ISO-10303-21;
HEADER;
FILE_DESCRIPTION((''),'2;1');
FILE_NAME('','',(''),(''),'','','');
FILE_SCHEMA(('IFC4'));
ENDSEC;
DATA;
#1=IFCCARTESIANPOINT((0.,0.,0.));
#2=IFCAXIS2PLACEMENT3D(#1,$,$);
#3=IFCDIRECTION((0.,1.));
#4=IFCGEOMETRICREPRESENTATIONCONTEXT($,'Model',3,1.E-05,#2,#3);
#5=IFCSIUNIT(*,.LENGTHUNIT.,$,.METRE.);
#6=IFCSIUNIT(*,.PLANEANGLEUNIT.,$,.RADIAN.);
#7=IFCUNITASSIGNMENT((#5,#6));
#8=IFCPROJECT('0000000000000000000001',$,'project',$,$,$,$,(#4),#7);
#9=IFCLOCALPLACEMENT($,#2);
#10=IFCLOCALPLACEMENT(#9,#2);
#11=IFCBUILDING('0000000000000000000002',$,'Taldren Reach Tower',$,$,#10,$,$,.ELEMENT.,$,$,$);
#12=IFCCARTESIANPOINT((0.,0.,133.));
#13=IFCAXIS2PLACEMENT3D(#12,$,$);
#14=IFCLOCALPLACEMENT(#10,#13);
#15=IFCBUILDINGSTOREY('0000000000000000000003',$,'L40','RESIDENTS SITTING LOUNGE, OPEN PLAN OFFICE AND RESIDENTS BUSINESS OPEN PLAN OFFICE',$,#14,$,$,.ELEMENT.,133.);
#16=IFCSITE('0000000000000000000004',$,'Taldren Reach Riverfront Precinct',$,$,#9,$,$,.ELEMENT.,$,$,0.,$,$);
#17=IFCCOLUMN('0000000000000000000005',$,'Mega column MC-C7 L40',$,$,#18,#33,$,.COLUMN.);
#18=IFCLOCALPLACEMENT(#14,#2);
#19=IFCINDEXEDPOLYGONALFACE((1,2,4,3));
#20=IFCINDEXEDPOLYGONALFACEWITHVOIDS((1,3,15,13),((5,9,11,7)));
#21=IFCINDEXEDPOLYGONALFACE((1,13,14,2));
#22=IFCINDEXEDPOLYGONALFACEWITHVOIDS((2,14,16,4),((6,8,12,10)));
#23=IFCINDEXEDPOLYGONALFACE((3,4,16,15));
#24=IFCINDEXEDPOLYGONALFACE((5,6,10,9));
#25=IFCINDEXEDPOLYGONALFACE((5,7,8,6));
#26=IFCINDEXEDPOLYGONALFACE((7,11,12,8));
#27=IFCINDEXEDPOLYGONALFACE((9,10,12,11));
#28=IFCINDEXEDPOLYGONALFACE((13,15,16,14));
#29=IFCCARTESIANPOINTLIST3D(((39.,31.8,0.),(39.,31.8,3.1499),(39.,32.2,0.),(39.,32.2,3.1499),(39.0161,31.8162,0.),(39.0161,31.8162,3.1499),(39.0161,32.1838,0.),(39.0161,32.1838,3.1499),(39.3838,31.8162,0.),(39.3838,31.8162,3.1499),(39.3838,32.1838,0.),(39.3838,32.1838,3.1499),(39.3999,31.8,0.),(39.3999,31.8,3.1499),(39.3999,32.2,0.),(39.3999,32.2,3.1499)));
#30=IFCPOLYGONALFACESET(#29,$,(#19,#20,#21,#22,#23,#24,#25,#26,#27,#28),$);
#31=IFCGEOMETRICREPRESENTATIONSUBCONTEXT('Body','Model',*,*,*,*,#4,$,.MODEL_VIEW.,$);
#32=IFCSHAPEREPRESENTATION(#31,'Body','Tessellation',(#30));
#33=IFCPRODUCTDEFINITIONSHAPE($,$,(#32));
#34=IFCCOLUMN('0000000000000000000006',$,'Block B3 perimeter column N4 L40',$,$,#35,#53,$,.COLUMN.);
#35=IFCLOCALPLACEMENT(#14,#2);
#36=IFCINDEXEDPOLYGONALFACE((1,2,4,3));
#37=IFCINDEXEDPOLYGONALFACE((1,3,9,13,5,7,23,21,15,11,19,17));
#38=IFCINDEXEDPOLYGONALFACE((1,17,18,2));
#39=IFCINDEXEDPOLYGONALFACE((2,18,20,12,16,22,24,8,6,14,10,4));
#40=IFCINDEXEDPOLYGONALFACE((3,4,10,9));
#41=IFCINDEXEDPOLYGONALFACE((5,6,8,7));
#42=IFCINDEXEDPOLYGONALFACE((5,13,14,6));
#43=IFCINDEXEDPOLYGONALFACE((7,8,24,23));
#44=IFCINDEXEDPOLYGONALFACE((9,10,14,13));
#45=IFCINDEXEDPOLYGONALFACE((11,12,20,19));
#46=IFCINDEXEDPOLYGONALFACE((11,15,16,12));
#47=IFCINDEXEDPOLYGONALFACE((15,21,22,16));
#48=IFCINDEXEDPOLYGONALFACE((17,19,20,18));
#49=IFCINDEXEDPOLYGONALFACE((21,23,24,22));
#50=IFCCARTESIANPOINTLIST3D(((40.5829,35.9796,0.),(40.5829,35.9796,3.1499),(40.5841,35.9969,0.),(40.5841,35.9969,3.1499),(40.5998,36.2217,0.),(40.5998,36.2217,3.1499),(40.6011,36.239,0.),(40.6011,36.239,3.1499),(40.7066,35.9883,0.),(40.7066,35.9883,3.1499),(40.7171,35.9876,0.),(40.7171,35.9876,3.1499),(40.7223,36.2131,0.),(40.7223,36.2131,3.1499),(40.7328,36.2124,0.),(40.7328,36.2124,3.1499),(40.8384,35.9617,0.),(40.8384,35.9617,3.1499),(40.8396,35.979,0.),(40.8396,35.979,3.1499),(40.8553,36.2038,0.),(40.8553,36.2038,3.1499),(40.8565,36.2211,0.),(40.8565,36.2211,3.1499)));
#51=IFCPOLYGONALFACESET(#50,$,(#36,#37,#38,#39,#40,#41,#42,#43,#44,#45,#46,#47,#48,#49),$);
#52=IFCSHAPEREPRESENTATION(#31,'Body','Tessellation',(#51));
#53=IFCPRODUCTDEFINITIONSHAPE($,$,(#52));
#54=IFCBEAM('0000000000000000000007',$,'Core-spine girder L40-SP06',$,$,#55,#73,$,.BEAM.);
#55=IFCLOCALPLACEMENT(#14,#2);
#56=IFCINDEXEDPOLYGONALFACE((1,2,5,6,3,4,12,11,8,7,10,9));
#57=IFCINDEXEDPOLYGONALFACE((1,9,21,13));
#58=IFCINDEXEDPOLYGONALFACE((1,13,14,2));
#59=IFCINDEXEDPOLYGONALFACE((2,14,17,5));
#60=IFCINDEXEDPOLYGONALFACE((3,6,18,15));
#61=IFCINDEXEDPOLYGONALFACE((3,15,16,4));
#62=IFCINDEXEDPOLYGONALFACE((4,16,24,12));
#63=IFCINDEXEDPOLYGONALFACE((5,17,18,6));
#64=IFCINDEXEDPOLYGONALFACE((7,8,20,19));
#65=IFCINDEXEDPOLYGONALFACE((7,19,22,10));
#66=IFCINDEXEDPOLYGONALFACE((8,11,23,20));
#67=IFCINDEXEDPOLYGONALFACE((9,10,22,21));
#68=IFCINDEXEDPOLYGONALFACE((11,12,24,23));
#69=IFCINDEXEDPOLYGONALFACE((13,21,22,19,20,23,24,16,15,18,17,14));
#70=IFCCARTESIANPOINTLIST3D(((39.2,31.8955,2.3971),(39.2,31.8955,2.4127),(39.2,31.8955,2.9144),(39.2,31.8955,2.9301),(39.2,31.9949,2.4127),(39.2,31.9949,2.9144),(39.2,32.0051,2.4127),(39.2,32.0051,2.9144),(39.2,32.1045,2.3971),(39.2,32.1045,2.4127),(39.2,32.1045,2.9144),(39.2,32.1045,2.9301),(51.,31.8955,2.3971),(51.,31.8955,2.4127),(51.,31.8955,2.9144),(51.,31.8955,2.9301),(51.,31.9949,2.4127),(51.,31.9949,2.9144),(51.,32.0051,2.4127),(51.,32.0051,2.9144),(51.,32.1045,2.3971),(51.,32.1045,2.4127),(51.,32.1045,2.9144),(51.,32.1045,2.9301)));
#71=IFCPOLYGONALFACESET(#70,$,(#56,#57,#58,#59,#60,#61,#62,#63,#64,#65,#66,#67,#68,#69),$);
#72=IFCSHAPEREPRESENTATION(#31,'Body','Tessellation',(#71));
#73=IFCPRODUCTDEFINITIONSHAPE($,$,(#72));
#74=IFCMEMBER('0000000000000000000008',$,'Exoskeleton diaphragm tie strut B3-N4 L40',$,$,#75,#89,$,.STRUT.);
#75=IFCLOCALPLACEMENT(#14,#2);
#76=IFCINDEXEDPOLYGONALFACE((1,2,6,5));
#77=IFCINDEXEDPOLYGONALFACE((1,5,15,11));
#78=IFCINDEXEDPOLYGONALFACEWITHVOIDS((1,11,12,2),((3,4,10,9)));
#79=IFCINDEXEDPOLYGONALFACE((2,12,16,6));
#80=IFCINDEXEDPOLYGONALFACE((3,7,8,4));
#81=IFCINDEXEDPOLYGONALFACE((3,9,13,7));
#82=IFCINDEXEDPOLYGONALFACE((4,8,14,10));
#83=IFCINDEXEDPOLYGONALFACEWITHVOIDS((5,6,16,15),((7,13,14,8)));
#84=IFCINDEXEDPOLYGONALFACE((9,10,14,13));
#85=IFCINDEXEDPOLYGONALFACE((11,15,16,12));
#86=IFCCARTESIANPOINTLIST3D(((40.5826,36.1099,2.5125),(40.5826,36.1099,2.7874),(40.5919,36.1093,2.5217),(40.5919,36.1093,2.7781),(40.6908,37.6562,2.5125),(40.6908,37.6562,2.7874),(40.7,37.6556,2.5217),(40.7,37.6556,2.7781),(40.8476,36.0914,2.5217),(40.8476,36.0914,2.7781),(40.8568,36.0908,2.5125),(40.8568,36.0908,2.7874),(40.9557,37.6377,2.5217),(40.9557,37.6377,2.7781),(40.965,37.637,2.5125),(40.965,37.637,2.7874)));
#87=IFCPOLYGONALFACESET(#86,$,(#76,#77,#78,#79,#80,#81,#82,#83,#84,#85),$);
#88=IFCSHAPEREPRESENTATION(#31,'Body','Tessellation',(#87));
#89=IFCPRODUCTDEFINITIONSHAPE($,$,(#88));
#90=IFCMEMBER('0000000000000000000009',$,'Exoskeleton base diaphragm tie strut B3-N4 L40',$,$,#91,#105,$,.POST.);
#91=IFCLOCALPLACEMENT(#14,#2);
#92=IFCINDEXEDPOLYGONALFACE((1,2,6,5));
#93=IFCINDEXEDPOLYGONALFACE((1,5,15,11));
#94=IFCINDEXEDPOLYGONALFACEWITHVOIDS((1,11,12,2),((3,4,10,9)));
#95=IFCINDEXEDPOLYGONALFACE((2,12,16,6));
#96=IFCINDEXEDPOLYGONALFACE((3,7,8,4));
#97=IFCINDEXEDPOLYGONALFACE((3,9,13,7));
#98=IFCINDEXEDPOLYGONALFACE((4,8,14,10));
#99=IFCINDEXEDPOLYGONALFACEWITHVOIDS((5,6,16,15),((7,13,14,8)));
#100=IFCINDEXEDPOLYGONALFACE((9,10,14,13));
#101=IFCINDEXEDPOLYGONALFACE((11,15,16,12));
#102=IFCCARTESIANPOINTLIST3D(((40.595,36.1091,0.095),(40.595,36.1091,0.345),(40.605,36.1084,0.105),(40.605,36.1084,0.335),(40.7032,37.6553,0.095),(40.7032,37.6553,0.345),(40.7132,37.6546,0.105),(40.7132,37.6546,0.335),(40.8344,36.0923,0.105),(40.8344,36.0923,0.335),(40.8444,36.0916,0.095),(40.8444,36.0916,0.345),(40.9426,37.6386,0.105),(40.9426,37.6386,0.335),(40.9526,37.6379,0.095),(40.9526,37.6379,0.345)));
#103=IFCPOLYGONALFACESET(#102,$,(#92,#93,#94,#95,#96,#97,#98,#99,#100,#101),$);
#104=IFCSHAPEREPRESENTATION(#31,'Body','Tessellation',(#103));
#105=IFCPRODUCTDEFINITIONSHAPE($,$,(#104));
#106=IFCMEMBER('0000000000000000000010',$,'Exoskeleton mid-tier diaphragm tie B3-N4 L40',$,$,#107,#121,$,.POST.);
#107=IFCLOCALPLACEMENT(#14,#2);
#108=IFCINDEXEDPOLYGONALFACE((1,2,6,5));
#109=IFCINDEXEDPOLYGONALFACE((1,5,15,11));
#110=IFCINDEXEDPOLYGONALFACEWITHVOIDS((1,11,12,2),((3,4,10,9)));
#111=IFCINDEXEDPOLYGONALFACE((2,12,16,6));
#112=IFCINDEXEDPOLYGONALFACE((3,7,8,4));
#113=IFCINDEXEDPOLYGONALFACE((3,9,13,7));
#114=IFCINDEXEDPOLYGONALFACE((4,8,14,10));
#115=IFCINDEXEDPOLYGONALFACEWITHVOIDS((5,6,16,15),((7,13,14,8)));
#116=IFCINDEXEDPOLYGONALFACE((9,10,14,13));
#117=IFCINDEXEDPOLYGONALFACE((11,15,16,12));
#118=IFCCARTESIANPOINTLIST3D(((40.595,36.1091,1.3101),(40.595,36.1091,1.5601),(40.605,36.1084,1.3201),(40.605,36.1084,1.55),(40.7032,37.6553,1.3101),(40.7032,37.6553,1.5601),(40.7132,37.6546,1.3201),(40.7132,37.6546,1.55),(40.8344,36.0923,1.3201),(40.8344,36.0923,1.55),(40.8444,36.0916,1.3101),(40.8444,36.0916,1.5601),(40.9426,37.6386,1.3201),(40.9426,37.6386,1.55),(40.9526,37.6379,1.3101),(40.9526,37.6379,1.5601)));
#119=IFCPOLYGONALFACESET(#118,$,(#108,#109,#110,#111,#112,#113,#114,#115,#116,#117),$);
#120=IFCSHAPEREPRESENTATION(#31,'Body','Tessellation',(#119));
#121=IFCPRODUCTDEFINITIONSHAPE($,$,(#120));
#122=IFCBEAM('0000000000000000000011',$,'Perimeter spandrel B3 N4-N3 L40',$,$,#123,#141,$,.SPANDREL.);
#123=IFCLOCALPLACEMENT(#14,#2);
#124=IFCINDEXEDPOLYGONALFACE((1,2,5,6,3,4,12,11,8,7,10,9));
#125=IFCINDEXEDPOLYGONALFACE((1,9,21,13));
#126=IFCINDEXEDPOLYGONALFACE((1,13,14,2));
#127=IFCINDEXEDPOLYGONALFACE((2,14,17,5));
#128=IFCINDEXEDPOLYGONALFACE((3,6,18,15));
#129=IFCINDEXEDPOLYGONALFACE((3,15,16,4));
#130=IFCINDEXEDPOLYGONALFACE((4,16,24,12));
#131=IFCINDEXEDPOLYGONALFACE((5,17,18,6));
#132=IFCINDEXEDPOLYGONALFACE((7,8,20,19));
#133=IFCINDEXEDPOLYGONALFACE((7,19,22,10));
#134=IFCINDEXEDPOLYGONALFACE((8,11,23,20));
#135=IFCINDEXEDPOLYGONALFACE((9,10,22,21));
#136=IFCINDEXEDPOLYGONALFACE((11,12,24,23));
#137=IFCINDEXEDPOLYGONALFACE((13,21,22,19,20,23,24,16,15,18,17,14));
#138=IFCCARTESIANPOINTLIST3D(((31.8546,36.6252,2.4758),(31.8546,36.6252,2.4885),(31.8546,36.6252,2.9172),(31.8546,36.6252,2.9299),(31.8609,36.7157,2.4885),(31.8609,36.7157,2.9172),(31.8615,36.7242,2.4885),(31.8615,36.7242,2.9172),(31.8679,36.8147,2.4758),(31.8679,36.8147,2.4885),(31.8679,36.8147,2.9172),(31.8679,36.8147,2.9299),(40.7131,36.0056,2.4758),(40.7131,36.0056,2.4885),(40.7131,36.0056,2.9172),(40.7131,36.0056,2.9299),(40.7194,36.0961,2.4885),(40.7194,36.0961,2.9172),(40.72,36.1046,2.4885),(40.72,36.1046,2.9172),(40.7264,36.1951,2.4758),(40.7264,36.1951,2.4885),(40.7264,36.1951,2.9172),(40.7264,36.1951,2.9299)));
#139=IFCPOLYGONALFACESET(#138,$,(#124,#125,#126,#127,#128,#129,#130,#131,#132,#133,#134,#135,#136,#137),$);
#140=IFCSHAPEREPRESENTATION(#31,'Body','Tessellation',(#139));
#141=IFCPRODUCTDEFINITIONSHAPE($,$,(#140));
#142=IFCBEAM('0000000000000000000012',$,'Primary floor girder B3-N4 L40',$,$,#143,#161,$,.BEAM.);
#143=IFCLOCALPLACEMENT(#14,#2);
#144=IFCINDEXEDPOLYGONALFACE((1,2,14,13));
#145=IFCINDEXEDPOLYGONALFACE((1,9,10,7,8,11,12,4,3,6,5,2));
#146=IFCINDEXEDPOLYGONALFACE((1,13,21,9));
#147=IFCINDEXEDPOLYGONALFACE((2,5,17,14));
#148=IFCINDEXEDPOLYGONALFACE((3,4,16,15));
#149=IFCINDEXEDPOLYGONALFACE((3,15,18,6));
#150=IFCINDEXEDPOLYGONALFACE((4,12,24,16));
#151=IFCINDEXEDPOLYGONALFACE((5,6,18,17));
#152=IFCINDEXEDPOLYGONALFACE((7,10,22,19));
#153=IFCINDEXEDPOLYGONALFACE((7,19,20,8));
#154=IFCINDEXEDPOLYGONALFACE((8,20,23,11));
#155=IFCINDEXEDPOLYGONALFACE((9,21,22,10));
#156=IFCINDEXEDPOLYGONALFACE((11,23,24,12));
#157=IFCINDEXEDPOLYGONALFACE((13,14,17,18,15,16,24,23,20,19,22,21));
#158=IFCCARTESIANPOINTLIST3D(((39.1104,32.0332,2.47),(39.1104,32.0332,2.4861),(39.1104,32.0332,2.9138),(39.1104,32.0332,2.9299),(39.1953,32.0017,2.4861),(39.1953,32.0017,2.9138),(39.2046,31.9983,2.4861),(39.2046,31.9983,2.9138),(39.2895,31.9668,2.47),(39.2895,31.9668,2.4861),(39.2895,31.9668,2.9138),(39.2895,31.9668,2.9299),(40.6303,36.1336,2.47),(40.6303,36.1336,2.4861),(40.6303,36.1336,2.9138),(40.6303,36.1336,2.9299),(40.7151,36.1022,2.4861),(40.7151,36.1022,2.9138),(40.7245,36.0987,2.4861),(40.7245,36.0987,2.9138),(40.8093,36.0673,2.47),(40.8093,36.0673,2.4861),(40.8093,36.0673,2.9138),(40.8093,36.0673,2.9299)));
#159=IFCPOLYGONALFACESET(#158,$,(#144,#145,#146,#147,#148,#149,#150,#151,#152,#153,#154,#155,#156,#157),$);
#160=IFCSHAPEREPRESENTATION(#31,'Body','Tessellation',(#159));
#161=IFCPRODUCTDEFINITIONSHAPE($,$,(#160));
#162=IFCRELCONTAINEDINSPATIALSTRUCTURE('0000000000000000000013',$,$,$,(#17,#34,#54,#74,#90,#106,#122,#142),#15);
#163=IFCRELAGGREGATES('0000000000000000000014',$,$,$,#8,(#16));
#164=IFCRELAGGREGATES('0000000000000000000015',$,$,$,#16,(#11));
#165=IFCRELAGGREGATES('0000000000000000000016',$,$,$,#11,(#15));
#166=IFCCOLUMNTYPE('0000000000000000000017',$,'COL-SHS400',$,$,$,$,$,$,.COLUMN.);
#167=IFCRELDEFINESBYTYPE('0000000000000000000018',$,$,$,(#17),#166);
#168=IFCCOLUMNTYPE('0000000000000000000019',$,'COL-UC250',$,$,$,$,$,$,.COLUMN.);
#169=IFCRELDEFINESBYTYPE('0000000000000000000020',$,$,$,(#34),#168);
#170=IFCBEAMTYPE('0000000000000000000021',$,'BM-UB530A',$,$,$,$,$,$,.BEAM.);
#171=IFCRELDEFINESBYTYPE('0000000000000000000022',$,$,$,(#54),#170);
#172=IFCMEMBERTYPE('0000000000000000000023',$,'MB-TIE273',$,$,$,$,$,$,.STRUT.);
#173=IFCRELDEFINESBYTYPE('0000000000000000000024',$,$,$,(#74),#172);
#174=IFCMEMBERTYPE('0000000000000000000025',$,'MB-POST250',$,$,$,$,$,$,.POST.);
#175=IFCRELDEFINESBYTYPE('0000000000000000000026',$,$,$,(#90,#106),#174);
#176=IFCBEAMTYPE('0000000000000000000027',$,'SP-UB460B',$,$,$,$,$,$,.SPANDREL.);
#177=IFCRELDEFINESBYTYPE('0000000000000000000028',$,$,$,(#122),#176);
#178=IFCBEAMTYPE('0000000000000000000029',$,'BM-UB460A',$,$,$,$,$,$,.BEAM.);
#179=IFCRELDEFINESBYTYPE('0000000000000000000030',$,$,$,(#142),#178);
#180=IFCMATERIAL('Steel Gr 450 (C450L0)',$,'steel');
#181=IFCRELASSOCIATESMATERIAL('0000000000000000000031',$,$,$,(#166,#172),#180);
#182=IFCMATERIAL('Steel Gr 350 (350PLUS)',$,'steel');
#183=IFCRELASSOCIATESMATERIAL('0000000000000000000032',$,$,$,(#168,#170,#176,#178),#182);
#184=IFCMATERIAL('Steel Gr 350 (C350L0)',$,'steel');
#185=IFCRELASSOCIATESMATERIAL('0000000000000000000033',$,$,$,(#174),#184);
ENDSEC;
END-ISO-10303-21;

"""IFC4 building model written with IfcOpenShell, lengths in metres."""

from ifc_helpers import new_model, si_unit, direction, frame, origin, origin_2d, place, context, subcontext, project, spatial, hollow_rectangle, i_section, extrude, source, transform, mapped, material, material_profile, profile_set, type_object, element, save


model = new_model("IFC4")

# Units and contexts
model_context = context("Model", 3, precision=1e-05, world=origin(), true_north=direction((0.0, 1.0)))
body_context = subcontext(model_context, "Body", "Model", "MODEL_VIEW")
ifc_project = project(units=[si_unit("LENGTHUNIT", "METRE"), si_unit("PLANEANGLEUNIT", "RADIAN")], contexts=[model_context])

# Site, building, storey
site_placement = place(None, origin())
site = spatial("IfcSite", under=ifc_project, at=site_placement, Name="Taldren Reach Riverfront Precinct", CompositionType="ELEMENT", RefElevation=0.0)
building_placement = place(site_placement, origin())
building = spatial("IfcBuilding", under=site, at=building_placement, Name="Taldren Reach Tower", CompositionType="ELEMENT")
storey_placement = place(building_placement, frame((0.0, 0.0, 133.0)))
storey = spatial("IfcBuildingStorey", under=building, at=storey_placement, Name="L40", Description="RESIDENTS SITTING LOUNGE, OPEN PLAN OFFICE AND RESIDENTS BUSINESS OPEN PLAN OFFICE", CompositionType="ELEMENT", Elevation=133.0)

# Columns
ifc_material_1 = material(Name="Steel Gr 450 (C450L0)", Category="steel")
ifc_material_profile_1 = material_profile(ifc_material_1, hollow_rectangle(XDim=0.3999, YDim=0.3999, WallThickness=0.0161, at=origin_2d()), Name="400x400x16.0SHS")
ifc_profile_set_1 = profile_set([ifc_material_profile_1], Name="Steel Gr 450 (C450L0)")
column_type_1 = type_object("IfcColumnType", Name="COL-SHS400", PredefinedType="COLUMN", material=ifc_profile_set_1)
shared_shape_1 = source(origin(), body_context, "Body", "SweptSolid", [
    extrude(hollow_rectangle(XDim=0.3999, YDim=0.3999, WallThickness=0.0161, at=origin_2d()), origin(), (0.0, 0.0, 1.0), 3.1499),
])
column_1_placement = place(storey_placement, frame((39.2, 32.0, 0.0), z_axis=(0.0, 0.0, 1.0), x_axis=(1.0, 0.0, 0.0)))
element("IfcColumn", 1, at=column_1_placement, inside=storey, type_object=column_type_1, Name="Mega column MC-C7 L40", PredefinedType="COLUMN", context=body_context, shape_type="MappedRepresentation", body=[
    mapped(shared_shape_1, transform((0.0, 0.0, 0.0), scale=1.0)),
])
ifc_material_2 = material(Name="Steel Gr 350 (350PLUS)", Category="steel")
ifc_material_profile_2 = material_profile(ifc_material_2, i_section(OverallWidth=0.2561, OverallDepth=0.26, WebThickness=0.0105, FlangeThickness=0.0173, at=origin_2d()), Name="250UC89.5")
ifc_profile_set_2 = profile_set([ifc_material_profile_2], Name="Steel Gr 350 (350PLUS)")
column_type_2 = type_object("IfcColumnType", Name="COL-UC250", PredefinedType="COLUMN", material=ifc_profile_set_2)
shared_shape_2 = source(origin(), body_context, "Body", "SweptSolid", [
    extrude(i_section(OverallWidth=0.2561, OverallDepth=0.26, WebThickness=0.0105, FlangeThickness=0.0173, at=origin_2d()), origin(), (0.0, 0.0, 1.0), 3.1499),
])
column_2_placement = place(storey_placement, frame((40.7197, 36.1003, 0.0), z_axis=(0.0, 0.0, 1.0), x_axis=(0.997564, -0.069756, 0.0)))
element("IfcColumn", 2, at=column_2_placement, inside=storey, type_object=column_type_2, Name="Block B3 perimeter column N4 L40", PredefinedType="COLUMN", context=body_context, shape_type="MappedRepresentation", body=[
    mapped(shared_shape_2, transform((0.0, 0.0, 0.0), scale=1.0)),
])

# Beam
ifc_material_profile_3 = material_profile(ifc_material_2, i_section(OverallWidth=0.209, OverallDepth=0.533, WebThickness=0.0103, FlangeThickness=0.0156, at=origin_2d()), Name="530UB92.4")
ifc_profile_set_3 = profile_set([ifc_material_profile_3], Name="Steel Gr 350 (350PLUS)")
beam_type_1 = type_object("IfcBeamType", Name="BM-UB530A", PredefinedType="BEAM", material=ifc_profile_set_3)
shared_shape_3 = source(origin(), body_context, "Body", "SweptSolid", [
    extrude(i_section(OverallWidth=0.209, OverallDepth=0.533, WebThickness=0.0103, FlangeThickness=0.0156, at=origin_2d()), origin(), (0.0, 0.0, 1.0), 11.8),
])
beam_1_placement = place(storey_placement, frame((39.2, 32.0, 2.6636), z_axis=(1.0, 0.0, 0.0), x_axis=(0.0, 1.0, 0.0)))
element("IfcBeam", 3, at=beam_1_placement, inside=storey, type_object=beam_type_1, Name="Core-spine girder L40-SP06", PredefinedType="BEAM", context=body_context, shape_type="MappedRepresentation", body=[
    mapped(shared_shape_3, transform((0.0, 0.0, 0.0), scale=1.0)),
])

# Members
ifc_material_profile_4 = material_profile(ifc_material_1, hollow_rectangle(XDim=0.2749, YDim=0.2749, WallThickness=0.0093, at=origin_2d()), Name="275x275x9.3SHS")
ifc_profile_set_4 = profile_set([ifc_material_profile_4], Name="Steel Gr 450 (C450L0)")
member_type_1 = type_object("IfcMemberType", Name="MB-TIE273", PredefinedType="STRUT", material=ifc_profile_set_4)
shared_shape_4 = source(origin(), body_context, "Body", "SweptSolid", [
    extrude(hollow_rectangle(XDim=0.2749, YDim=0.2749, WallThickness=0.0093, at=origin_2d()), origin(), (0.0, 0.0, 1.0), 1.55),
])
member_1_placement = place(storey_placement, frame((40.7197, 36.1003, 2.6499), z_axis=(0.06977, 0.997563, 0.0), x_axis=(-0.997563, 0.06977, 0.0)))
element("IfcMember", 4, at=member_1_placement, inside=storey, type_object=member_type_1, Name="Exoskeleton diaphragm tie strut B3-N4 L40", PredefinedType="STRUT", context=body_context, shape_type="MappedRepresentation", body=[
    mapped(shared_shape_4, transform((0.0, 0.0, 0.0), scale=1.0)),
])
ifc_material_3 = material(Name="Steel Gr 350 (C350L0)", Category="steel")
ifc_material_profile_5 = material_profile(ifc_material_3, hollow_rectangle(XDim=0.25, YDim=0.25, WallThickness=0.01, at=origin_2d()), Name="250x250x10.0SHS")
ifc_profile_set_5 = profile_set([ifc_material_profile_5], Name="Steel Gr 350 (C350L0)")
member_type_2 = type_object("IfcMemberType", Name="MB-POST250", PredefinedType="POST", material=ifc_profile_set_5)
shared_shape_5 = source(origin(), body_context, "Body", "SweptSolid", [
    extrude(hollow_rectangle(XDim=0.25, YDim=0.25, WallThickness=0.01, at=origin_2d()), origin(), (0.0, 0.0, 1.0), 1.55),
])
for number, where, z_axis, x_axis, name in (
    (5, (40.7197, 36.1003, 0.22), (0.06977, 0.997563, 0.0), (-0.997563, 0.06977, 0.0), "Exoskeleton base diaphragm tie strut B3-N4 L40"),
    (6, (40.7197, 36.1003, 1.4351), (0.06977, 0.997563, 0.0), (-0.997563, 0.06977, 0.0), "Exoskeleton mid-tier diaphragm tie B3-N4 L40"),
):
    element("IfcMember", number, at=place(storey_placement, frame(where, z_axis=z_axis, x_axis=x_axis)), inside=storey, type_object=member_type_2, Name=name, PredefinedType="POST", context=body_context, shape_type="MappedRepresentation", body=[
        mapped(shared_shape_5, transform((0.0, 0.0, 0.0), scale=1.0)),
    ])

# Beams
ifc_material_profile_6 = material_profile(ifc_material_2, i_section(OverallWidth=0.1899, OverallDepth=0.4541, WebThickness=0.0085, FlangeThickness=0.0127, at=origin_2d()), Name="460UB67.1")
ifc_profile_set_6 = profile_set([ifc_material_profile_6], Name="Steel Gr 350 (350PLUS)")
beam_type_2 = type_object("IfcBeamType", Name="SP-UB460B", PredefinedType="SPANDREL", material=ifc_profile_set_6)
shared_shape_6 = source(origin(), body_context, "Body", "SweptSolid", [
    extrude(i_section(OverallWidth=0.1899, OverallDepth=0.4541, WebThickness=0.0085, FlangeThickness=0.0127, at=origin_2d()), origin(), (0.0, 0.0, 1.0), 8.8801),
])
beam_2_placement = place(storey_placement, frame((40.7197, 36.1003, 2.7029), z_axis=(-0.997563, 0.069778, 0.0), x_axis=(-0.069778, -0.997563, 0.0)))
element("IfcBeam", 7, at=beam_2_placement, inside=storey, type_object=beam_type_2, Name="Perimeter spandrel B3 N4-N3 L40", PredefinedType="SPANDREL", context=body_context, shape_type="MappedRepresentation", body=[
    mapped(shared_shape_6, transform((0.0, 0.0, 0.0), scale=1.0)),
])
ifc_material_profile_7 = material_profile(ifc_material_2, i_section(OverallWidth=0.1909, OverallDepth=0.46, WebThickness=0.01, FlangeThickness=0.0161, at=origin_2d()), Name="460UB82.1")
ifc_profile_set_7 = profile_set([ifc_material_profile_7], Name="Steel Gr 350 (350PLUS)")
beam_type_3 = type_object("IfcBeamType", Name="BM-UB460A", PredefinedType="BEAM", material=ifc_profile_set_7)
shared_shape_7 = source(origin(), body_context, "Body", "SweptSolid", [
    extrude(i_section(OverallWidth=0.1909, OverallDepth=0.46, WebThickness=0.01, FlangeThickness=0.0161, at=origin_2d()), origin(), (0.0, 0.0, 1.0), 4.373),
])
beam_3_placement = place(storey_placement, frame((39.2, 32.0, 2.7), z_axis=(0.347542, 0.937665, 0.0), x_axis=(-0.937665, 0.347542, 0.0)))
element("IfcBeam", 8, at=beam_3_placement, inside=storey, type_object=beam_type_3, Name="Primary floor girder B3-N4 L40", PredefinedType="BEAM", context=body_context, shape_type="MappedRepresentation", body=[
    mapped(shared_shape_7, transform((0.0, 0.0, 0.0), scale=1.0)),
])

save(model, "model.ifc")
